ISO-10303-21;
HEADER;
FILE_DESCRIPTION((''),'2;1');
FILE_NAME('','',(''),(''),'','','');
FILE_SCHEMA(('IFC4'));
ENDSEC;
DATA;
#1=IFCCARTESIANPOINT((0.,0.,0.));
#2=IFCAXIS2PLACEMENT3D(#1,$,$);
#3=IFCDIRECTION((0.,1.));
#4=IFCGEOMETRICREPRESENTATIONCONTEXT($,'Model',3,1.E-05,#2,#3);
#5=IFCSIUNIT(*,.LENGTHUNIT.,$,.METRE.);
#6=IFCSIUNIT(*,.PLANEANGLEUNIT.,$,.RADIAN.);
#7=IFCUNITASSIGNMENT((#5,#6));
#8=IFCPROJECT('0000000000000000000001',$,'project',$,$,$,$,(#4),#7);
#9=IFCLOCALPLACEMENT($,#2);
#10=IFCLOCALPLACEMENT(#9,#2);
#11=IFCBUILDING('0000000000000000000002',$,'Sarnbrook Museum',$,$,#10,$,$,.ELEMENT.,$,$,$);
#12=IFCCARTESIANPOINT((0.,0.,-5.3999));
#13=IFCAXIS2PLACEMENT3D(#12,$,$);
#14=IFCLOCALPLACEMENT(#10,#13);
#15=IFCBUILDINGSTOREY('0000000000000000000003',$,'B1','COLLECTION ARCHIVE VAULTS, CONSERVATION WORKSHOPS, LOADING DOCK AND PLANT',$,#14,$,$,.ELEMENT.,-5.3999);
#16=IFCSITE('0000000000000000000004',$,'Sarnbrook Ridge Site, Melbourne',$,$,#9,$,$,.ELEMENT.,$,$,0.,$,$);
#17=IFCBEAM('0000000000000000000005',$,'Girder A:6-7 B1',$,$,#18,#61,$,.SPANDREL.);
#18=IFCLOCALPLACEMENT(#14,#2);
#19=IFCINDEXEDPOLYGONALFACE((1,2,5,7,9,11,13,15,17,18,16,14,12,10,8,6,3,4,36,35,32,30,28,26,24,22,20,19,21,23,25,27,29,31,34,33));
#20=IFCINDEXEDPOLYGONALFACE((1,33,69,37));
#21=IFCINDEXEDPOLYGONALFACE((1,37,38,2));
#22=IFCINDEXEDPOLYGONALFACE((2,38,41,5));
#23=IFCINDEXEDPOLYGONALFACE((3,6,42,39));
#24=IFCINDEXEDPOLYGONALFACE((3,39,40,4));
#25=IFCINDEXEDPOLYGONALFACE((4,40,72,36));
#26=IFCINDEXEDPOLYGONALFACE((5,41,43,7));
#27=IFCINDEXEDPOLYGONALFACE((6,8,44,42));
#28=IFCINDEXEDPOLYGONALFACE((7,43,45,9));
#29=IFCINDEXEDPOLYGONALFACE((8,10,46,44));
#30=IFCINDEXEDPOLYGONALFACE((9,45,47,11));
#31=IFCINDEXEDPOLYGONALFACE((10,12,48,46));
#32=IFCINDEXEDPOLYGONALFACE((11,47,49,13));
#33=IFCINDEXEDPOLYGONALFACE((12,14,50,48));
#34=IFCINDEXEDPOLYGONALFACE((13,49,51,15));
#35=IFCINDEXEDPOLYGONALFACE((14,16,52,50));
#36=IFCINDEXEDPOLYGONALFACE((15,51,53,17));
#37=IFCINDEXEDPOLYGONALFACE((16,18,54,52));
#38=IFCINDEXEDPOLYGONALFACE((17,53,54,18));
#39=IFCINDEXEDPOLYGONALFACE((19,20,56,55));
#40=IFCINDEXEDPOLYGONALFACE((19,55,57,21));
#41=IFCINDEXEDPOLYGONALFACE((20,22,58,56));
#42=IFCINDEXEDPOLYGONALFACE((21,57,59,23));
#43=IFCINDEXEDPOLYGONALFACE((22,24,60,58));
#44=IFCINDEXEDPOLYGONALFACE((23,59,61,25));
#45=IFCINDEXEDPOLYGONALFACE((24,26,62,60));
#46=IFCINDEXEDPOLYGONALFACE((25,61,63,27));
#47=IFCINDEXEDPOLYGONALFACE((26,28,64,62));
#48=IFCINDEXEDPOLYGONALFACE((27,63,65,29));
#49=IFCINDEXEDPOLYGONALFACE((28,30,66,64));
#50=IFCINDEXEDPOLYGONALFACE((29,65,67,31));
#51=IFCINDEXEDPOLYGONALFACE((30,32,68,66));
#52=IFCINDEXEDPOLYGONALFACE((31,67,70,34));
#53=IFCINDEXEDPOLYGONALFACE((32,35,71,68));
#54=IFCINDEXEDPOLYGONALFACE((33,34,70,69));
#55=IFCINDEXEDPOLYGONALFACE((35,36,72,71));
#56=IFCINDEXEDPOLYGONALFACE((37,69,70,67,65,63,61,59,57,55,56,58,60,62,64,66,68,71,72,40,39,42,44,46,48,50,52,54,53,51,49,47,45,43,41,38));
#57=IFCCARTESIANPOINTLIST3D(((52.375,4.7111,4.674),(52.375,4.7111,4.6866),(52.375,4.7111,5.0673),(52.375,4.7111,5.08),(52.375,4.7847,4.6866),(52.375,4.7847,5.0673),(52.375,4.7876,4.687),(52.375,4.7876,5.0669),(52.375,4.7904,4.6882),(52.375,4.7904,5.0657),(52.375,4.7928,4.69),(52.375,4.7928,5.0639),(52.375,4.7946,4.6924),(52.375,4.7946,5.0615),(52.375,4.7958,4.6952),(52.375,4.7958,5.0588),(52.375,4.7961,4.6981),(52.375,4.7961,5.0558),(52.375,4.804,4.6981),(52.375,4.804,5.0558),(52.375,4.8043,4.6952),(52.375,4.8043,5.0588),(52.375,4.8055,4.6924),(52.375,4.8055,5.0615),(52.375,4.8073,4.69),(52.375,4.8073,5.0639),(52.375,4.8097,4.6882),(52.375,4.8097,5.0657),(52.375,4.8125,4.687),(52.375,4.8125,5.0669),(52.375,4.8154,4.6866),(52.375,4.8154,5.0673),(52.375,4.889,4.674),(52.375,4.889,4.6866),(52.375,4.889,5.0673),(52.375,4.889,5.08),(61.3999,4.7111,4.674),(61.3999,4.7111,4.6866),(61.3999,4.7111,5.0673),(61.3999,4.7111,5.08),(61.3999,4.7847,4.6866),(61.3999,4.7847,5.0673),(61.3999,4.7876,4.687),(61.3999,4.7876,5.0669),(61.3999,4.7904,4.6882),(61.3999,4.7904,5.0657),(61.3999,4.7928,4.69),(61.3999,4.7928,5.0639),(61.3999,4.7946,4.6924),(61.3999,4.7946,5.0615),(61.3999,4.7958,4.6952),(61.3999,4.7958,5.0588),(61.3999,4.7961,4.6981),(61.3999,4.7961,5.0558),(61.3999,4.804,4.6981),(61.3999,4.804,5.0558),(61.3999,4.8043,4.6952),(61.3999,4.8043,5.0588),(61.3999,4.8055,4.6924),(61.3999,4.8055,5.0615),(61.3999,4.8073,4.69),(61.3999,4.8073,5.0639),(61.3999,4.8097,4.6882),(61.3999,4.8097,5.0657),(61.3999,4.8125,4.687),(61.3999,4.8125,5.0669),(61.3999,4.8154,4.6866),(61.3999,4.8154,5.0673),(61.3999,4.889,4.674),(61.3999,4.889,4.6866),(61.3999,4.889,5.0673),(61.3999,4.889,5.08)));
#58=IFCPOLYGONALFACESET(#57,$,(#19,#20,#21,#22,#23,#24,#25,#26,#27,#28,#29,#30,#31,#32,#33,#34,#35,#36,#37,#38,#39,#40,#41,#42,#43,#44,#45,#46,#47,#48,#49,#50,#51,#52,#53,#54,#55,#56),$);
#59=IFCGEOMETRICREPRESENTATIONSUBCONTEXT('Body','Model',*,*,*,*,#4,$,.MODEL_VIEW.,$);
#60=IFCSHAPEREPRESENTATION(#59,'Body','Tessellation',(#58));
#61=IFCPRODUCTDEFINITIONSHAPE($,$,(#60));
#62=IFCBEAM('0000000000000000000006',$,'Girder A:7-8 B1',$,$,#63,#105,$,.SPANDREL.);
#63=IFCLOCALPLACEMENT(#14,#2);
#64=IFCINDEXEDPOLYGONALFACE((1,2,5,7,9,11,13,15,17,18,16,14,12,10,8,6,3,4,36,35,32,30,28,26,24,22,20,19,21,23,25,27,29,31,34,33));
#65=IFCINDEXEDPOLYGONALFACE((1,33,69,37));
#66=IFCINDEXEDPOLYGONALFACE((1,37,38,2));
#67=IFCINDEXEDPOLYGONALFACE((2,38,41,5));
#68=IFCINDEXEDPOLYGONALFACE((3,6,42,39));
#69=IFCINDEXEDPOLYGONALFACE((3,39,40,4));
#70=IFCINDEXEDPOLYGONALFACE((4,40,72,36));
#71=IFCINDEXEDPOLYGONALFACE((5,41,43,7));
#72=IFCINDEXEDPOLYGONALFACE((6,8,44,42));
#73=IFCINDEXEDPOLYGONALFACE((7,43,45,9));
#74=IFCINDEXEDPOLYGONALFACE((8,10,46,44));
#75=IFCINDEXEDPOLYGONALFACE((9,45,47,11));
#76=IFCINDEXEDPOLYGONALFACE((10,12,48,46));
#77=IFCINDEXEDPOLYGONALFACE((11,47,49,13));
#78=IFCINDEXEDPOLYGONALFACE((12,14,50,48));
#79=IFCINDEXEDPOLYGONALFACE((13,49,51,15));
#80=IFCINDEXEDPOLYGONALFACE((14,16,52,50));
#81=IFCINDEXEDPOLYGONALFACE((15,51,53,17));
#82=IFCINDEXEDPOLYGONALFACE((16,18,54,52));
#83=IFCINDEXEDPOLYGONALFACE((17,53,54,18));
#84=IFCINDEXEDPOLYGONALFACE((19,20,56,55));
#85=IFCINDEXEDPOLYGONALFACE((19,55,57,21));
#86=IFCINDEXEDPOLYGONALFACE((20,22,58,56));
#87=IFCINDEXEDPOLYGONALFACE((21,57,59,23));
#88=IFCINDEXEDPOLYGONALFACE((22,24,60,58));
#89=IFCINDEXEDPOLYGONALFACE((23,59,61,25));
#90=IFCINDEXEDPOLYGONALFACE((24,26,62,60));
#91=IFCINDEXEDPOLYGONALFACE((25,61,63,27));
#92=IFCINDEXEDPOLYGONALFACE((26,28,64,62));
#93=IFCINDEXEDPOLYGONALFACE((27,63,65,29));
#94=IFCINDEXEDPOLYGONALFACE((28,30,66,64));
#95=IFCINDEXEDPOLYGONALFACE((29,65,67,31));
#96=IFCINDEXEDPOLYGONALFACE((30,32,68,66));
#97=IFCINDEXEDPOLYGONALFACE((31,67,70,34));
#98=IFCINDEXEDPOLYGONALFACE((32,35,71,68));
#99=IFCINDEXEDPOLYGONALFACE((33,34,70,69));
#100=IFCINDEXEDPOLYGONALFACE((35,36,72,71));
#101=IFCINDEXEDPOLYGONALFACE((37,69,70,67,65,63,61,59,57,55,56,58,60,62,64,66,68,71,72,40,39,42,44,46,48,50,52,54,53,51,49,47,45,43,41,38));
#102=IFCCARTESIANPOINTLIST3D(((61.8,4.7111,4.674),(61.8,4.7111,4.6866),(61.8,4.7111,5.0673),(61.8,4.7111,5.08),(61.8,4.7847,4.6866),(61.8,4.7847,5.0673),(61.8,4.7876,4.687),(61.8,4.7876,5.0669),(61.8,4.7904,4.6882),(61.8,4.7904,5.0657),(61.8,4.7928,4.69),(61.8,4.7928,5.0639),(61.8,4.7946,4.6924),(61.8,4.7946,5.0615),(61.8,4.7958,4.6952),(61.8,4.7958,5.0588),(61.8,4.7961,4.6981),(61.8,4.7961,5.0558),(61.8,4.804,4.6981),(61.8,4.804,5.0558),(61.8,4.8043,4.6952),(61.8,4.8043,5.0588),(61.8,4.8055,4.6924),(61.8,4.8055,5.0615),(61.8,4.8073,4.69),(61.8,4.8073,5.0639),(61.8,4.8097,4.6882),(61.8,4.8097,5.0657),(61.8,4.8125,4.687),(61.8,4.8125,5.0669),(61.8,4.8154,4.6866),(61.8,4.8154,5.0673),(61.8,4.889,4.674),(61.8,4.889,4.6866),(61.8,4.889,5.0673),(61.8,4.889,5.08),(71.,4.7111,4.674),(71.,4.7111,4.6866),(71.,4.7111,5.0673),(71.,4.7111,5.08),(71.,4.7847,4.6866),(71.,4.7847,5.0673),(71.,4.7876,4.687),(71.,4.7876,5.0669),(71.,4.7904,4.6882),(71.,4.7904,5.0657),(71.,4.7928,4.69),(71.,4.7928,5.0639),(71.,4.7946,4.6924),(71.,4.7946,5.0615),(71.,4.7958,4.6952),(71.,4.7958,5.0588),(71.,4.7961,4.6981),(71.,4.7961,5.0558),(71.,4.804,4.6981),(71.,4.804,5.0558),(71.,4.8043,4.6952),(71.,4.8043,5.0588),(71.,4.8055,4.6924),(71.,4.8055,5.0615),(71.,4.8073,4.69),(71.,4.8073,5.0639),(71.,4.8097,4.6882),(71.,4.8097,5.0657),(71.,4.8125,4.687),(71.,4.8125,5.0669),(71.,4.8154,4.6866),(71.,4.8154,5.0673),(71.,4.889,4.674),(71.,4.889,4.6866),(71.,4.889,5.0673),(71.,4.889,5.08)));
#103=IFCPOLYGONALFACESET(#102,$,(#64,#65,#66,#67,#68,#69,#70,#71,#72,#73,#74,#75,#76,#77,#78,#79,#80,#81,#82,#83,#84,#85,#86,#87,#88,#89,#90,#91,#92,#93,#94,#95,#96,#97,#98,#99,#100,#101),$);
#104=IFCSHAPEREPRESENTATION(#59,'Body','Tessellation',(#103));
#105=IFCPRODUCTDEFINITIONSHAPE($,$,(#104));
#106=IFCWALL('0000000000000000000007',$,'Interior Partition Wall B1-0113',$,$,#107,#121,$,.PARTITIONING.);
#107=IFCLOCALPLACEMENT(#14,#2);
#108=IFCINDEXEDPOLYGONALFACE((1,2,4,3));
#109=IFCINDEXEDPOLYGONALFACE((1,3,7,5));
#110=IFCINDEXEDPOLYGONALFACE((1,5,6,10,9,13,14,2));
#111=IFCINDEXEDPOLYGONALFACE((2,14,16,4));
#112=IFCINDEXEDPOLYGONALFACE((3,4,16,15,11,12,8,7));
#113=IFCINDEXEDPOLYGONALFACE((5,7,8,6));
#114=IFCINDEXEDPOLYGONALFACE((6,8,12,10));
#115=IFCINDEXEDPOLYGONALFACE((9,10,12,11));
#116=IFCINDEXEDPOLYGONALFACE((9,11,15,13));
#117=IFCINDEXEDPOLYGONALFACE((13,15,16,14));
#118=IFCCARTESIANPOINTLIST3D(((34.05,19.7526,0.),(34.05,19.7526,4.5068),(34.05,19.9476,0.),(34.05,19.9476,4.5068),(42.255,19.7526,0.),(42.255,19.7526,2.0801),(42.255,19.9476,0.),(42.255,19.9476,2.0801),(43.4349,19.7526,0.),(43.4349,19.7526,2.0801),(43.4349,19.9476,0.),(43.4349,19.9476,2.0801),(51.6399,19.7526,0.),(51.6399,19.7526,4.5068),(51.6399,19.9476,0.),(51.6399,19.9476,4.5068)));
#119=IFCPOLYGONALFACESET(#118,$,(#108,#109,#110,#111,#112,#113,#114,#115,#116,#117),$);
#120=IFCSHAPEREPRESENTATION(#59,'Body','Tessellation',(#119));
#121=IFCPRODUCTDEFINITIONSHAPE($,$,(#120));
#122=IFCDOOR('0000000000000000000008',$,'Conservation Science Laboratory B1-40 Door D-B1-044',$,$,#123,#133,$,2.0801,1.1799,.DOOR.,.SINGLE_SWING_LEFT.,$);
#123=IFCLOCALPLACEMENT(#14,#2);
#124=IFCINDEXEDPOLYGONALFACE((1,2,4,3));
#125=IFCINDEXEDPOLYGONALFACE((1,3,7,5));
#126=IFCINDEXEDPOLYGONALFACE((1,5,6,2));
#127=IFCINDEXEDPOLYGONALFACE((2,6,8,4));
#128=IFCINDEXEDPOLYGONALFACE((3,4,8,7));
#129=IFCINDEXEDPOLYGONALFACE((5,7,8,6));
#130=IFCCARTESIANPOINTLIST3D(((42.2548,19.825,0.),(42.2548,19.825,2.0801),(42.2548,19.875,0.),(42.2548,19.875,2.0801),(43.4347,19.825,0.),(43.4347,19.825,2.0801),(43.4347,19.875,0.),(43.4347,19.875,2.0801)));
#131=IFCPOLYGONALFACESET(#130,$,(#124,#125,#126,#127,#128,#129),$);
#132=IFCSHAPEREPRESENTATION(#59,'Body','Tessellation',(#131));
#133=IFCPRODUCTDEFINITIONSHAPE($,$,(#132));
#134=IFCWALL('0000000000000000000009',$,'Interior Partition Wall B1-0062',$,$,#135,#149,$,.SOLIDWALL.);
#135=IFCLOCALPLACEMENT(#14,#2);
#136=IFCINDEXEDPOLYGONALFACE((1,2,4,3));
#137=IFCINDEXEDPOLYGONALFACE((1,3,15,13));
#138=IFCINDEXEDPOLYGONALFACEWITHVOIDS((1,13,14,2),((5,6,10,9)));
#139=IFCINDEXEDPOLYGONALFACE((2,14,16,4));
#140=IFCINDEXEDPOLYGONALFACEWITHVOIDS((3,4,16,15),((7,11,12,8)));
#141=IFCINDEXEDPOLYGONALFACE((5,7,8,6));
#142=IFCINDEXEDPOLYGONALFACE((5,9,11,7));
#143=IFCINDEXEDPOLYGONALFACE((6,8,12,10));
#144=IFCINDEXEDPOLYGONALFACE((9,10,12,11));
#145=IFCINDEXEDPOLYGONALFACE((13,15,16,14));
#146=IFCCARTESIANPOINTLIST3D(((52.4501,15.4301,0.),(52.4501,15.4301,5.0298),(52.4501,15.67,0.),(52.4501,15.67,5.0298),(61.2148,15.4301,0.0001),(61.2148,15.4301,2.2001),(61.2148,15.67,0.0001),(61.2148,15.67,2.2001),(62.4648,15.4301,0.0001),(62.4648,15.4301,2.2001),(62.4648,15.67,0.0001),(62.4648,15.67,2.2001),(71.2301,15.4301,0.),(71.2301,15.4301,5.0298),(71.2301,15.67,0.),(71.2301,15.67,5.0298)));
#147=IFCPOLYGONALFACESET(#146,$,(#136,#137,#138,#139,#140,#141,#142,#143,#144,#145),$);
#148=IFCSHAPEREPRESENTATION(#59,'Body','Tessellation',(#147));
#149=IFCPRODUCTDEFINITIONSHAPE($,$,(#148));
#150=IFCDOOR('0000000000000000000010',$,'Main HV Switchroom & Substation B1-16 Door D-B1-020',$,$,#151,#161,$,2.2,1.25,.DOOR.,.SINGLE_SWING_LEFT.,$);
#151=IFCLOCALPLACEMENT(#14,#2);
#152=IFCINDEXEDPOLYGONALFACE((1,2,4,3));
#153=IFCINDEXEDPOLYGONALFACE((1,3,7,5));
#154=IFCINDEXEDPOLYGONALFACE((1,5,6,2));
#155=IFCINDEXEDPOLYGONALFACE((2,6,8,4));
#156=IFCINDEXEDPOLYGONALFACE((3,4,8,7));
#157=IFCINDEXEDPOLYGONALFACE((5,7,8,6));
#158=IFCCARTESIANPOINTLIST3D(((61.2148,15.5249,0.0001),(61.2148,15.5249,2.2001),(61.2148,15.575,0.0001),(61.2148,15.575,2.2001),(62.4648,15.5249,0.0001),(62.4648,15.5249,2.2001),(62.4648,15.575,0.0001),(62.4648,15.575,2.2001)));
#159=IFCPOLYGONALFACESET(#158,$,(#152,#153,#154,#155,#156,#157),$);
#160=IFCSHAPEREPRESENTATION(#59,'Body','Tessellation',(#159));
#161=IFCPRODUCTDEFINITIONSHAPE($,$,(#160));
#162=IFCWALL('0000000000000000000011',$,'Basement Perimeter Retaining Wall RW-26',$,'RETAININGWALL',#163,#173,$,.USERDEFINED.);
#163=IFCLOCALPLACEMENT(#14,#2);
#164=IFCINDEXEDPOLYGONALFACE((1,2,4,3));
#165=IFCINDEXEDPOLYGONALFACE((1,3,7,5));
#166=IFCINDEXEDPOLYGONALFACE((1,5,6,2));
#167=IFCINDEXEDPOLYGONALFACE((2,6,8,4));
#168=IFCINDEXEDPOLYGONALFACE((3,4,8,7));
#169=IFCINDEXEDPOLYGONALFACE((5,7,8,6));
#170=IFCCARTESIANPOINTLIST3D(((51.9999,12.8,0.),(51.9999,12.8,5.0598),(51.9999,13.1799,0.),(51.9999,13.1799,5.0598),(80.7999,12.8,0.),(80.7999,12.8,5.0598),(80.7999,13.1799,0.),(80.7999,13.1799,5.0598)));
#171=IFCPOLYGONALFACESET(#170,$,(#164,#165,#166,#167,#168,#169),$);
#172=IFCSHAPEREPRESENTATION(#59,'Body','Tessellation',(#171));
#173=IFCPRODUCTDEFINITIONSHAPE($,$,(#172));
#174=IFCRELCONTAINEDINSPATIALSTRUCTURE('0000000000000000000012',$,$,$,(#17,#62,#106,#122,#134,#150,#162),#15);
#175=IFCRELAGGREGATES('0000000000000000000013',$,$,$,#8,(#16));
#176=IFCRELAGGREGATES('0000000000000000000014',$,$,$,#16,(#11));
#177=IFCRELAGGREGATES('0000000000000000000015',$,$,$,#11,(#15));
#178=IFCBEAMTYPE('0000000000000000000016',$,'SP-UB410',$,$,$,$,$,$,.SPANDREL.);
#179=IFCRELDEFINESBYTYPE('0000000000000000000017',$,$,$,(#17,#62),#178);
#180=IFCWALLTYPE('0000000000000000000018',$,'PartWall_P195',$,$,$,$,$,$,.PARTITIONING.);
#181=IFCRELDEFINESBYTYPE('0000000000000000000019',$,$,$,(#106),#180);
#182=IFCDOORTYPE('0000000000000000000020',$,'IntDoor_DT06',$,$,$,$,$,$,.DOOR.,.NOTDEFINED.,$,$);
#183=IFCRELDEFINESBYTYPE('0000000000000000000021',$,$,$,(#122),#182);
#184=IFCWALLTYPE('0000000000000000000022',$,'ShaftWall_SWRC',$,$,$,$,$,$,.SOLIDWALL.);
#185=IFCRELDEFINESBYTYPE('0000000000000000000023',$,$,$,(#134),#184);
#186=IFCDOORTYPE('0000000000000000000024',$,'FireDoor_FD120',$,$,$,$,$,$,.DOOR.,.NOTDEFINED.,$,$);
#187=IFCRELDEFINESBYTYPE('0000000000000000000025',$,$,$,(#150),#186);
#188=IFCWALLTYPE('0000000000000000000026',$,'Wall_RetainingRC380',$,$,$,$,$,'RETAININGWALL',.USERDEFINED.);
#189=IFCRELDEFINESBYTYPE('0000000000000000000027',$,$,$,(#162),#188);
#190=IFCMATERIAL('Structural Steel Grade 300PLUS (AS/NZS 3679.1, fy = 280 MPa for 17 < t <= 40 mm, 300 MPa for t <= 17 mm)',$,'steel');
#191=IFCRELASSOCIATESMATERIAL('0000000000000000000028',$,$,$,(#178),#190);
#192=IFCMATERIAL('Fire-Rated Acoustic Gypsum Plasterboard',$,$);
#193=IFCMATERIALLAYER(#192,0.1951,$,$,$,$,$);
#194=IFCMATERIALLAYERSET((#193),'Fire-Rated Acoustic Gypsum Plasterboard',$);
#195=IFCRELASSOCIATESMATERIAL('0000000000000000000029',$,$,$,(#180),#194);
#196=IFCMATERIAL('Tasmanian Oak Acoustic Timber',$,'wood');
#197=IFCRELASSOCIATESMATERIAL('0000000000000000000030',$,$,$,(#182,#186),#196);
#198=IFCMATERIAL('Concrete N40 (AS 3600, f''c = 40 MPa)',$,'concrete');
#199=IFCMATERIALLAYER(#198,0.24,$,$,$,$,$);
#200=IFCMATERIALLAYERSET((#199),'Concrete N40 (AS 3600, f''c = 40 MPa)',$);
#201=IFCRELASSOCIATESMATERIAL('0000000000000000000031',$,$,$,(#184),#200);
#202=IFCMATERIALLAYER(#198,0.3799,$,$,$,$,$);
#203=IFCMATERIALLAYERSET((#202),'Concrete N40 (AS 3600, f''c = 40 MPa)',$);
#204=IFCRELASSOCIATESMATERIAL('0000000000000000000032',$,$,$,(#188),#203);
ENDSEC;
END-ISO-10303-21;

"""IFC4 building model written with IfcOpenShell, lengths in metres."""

from ifc_helpers import new_model, si_unit, direction, frame, frame_2d, origin, origin_2d, place, context, subcontext, project, spatial, rectangle, i_section, extrude, material, layer, layer_set, material_profile, profile_set, type_object, element, fill, save


model = new_model("IFC4")

# Units and contexts
model_context = context("Model", 3, precision=1e-05, world=origin(), true_north=direction((0.0, 1.0)))
body_context = subcontext(model_context, "Body", "Model", "MODEL_VIEW")
ifc_project = project(units=[si_unit("LENGTHUNIT", "METRE"), si_unit("PLANEANGLEUNIT", "RADIAN")], contexts=[model_context])

# Site, building, storey
site_placement = place(None, origin())
site = spatial("IfcSite", under=ifc_project, at=site_placement, Name="Sarnbrook Ridge Site, Melbourne", CompositionType="ELEMENT", RefElevation=0.0)
building_placement = place(site_placement, origin())
building = spatial("IfcBuilding", under=site, at=building_placement, Name="Sarnbrook Museum", CompositionType="ELEMENT")
storey_placement = place(building_placement, frame((0.0, 0.0, -5.3999)))
storey = spatial("IfcBuildingStorey", under=building, at=storey_placement, Name="B1", Description="COLLECTION ARCHIVE VAULTS, CONSERVATION WORKSHOPS, LOADING DOCK AND PLANT", CompositionType="ELEMENT", Elevation=-5.3999)

# Shared definitions
ifc_material_1 = material(Name="Concrete N40 (AS 3600, f'c = 40 MPa)", Category="concrete")

# Beams
ifc_material_2 = material(Name="Structural Steel Grade 300PLUS (AS/NZS 3679.1, fy = 280 MPa for 17 < t <= 40 mm, 300 MPa for t <= 17 mm)", Category="steel")
ifc_material_profile_1 = material_profile(ifc_material_2, i_section(OverallWidth=0.178, OverallDepth=0.406, WebThickness=0.0078, FlangeThickness=0.0127, FilletRadius=0.0115, at=origin_2d()), Name="410UB59.7")
ifc_profile_set_1 = profile_set([ifc_material_profile_1], Name="Structural Steel Grade 300PLUS (AS/NZS 3679.1, fy = 280 MPa for 17 < t <= 40 mm, 300 MPa for t <= 17 mm)")
beam_type = type_object("IfcBeamType", Name="SP-UB410", PredefinedType="SPANDREL", material=ifc_profile_set_1)
beam_1_placement = place(storey_placement, frame((52.375, 4.8, 4.877), z_axis=(1.0, 0.0, 0.0), x_axis=(0.0, 1.0, 0.0)))
element("IfcBeam", 1, at=beam_1_placement, inside=storey, type_object=beam_type, Name="Girder A:6-7 B1", PredefinedType="SPANDREL", context=body_context, shape_type="SweptSolid", body=[
    extrude(i_section(OverallWidth=0.178, OverallDepth=0.406, WebThickness=0.0078, FlangeThickness=0.0127, FilletRadius=0.0115, at=origin_2d()), origin(), (0.0, 0.0, 1.0), 9.0249),
])
beam_2_placement = place(storey_placement, frame((61.8, 4.8, 4.877), z_axis=(1.0, 0.0, 0.0), x_axis=(0.0, 1.0, 0.0)))
element("IfcBeam", 2, at=beam_2_placement, inside=storey, type_object=beam_type, Name="Girder A:7-8 B1", PredefinedType="SPANDREL", context=body_context, shape_type="SweptSolid", body=[
    extrude(i_section(OverallWidth=0.178, OverallDepth=0.406, WebThickness=0.0078, FlangeThickness=0.0127, FilletRadius=0.0115, at=origin_2d()), origin(), (0.0, 0.0, 1.0), 9.2),
])

# Walls, openings, doors
ifc_material_3 = material(Name="Fire-Rated Acoustic Gypsum Plasterboard")
ifc_layer_1 = layer(ifc_material_3, 0.1951)
ifc_layer_set_1 = layer_set([ifc_layer_1], Name="Fire-Rated Acoustic Gypsum Plasterboard")
wall_type_1 = type_object("IfcWallType", Name="PartWall_P195", PredefinedType="PARTITIONING", material=ifc_layer_set_1)
wall_1_placement = place(storey_placement, frame((51.6399, 19.8501, 0.0), z_axis=(0.0, 0.0, 1.0), x_axis=(-1.0, 0.0, 0.0)))
wall_1 = element("IfcWall", 3, at=wall_1_placement, inside=storey, type_object=wall_type_1, Name="Interior Partition Wall B1-0113", PredefinedType="PARTITIONING", context=body_context, shape_type="SweptSolid", body=[
    extrude(rectangle(XDim=17.5898, YDim=0.1951, at=frame_2d((8.7949, 0.0))), origin(), (0.0, 0.0, 1.0), 4.5068),
])
opening_1_placement = place(wall_1_placement, frame((8.2051, 0.0, 0.0)))
opening_1 = element("IfcOpeningElement", 4, at=opening_1_placement, cuts=wall_1, PredefinedType="OPENING", context=body_context, shape_type="SweptSolid", body=[
    extrude(rectangle(XDim=1.1799, YDim=2.0801, at=frame_2d((0.5898, 1.04))), frame((0.0, 0.1074, 0.0), z_axis=(0.0, -1.0, 0.0), x_axis=(1.0, 0.0, 0.0)), (0.0, 0.0, 1.0), 0.2151),
])
ifc_material_4 = material(Name="Tasmanian Oak Acoustic Timber", Category="wood")
door_type_1 = type_object("IfcDoorType", Name="IntDoor_DT06", OperationType="NOTDEFINED", PredefinedType="DOOR", material=ifc_material_4)
door_1_placement = place(opening_1_placement, frame((1.1799, 0.0, 0.0), z_axis=(0.0, 0.0, 1.0), x_axis=(-1.0, 0.0, 0.0)))
door_1 = element("IfcDoor", 5, at=door_1_placement, inside=storey, type_object=door_type_1, Name="Conservation Science Laboratory B1-40 Door D-B1-044", OperationType="SINGLE_SWING_LEFT", OverallHeight=2.0801, OverallWidth=1.1799, PredefinedType="DOOR", context=body_context, shape_type="SweptSolid", body=[
    extrude(rectangle(XDim=1.1799, YDim=2.0801, at=frame_2d((0.5898, 1.04))), frame((0.0, 0.0249, 0.0), z_axis=(0.0, -1.0, 0.0), x_axis=(1.0, 0.0, 0.0)), (0.0, 0.0, 1.0), 0.05),
])
fill(opening_1, door_1)
ifc_layer_2 = layer(ifc_material_1, 0.24)
ifc_layer_set_2 = layer_set([ifc_layer_2], Name="Concrete N40 (AS 3600, f'c = 40 MPa)")
wall_type_2 = type_object("IfcWallType", Name="ShaftWall_SWRC", PredefinedType="SOLIDWALL", material=ifc_layer_set_2)
wall_2_placement = place(storey_placement, frame((52.45, 15.55, 0.0), z_axis=(0.0, 0.0, 1.0), x_axis=(1.0, 0.0, 0.0)))
wall_2 = element("IfcWall", 6, at=wall_2_placement, inside=storey, type_object=wall_type_2, Name="Interior Partition Wall B1-0062", PredefinedType="SOLIDWALL", context=body_context, shape_type="SweptSolid", body=[
    extrude(rectangle(XDim=18.78, YDim=0.24, at=frame_2d((9.3901, 0.0))), origin(), (0.0, 0.0, 1.0), 5.0298),
])
opening_2_placement = place(wall_2_placement, frame((8.7649, 0.0, 0.0)))
opening_2 = element("IfcOpeningElement", 7, at=opening_2_placement, cuts=wall_2, PredefinedType="OPENING", context=body_context, shape_type="SweptSolid", body=[
    extrude(rectangle(XDim=1.25, YDim=2.2, at=frame_2d((0.625, 1.1001))), frame((0.0, 0.1299, 0.0), z_axis=(0.0, -1.0, 0.0), x_axis=(1.0, 0.0, 0.0)), (0.0, 0.0, 1.0), 0.26),
])
door_type_2 = type_object("IfcDoorType", Name="FireDoor_FD120", OperationType="NOTDEFINED", PredefinedType="DOOR", material=ifc_material_4)
door_2_placement = place(opening_2_placement, origin())
door_2 = element("IfcDoor", 8, at=door_2_placement, inside=storey, type_object=door_type_2, Name="Main HV Switchroom & Substation B1-16 Door D-B1-020", OperationType="SINGLE_SWING_LEFT", OverallHeight=2.2, OverallWidth=1.25, PredefinedType="DOOR", context=body_context, shape_type="SweptSolid", body=[
    extrude(rectangle(XDim=1.25, YDim=2.2, at=frame_2d((0.625, 1.1001))), frame((0.0, 0.0249, 0.0), z_axis=(0.0, -1.0, 0.0), x_axis=(1.0, 0.0, 0.0)), (0.0, 0.0, 1.0), 0.05),
])
fill(opening_2, door_2)

# Wall
ifc_layer_3 = layer(ifc_material_1, 0.3799)
ifc_layer_set_3 = layer_set([ifc_layer_3], Name="Concrete N40 (AS 3600, f'c = 40 MPa)")
wall_type_3 = type_object("IfcWallType", Name="Wall_RetainingRC380", ElementType="RETAININGWALL", PredefinedType="USERDEFINED", material=ifc_layer_set_3)
wall_3_placement = place(storey_placement, frame((52.0, 12.99, 0.0), z_axis=(0.0, 0.0, 1.0), x_axis=(1.0, 0.0, 0.0)))
element("IfcWall", 9, at=wall_3_placement, inside=storey, type_object=wall_type_3, Name="Basement Perimeter Retaining Wall RW-26", ObjectType="RETAININGWALL", PredefinedType="USERDEFINED", context=body_context, shape_type="SweptSolid", body=[
    extrude(rectangle(XDim=28.8, YDim=0.3799, at=frame_2d((14.3999, 0.0))), origin(), (0.0, 0.0, 1.0), 5.0598),
])

save(model, "model.ifc")
